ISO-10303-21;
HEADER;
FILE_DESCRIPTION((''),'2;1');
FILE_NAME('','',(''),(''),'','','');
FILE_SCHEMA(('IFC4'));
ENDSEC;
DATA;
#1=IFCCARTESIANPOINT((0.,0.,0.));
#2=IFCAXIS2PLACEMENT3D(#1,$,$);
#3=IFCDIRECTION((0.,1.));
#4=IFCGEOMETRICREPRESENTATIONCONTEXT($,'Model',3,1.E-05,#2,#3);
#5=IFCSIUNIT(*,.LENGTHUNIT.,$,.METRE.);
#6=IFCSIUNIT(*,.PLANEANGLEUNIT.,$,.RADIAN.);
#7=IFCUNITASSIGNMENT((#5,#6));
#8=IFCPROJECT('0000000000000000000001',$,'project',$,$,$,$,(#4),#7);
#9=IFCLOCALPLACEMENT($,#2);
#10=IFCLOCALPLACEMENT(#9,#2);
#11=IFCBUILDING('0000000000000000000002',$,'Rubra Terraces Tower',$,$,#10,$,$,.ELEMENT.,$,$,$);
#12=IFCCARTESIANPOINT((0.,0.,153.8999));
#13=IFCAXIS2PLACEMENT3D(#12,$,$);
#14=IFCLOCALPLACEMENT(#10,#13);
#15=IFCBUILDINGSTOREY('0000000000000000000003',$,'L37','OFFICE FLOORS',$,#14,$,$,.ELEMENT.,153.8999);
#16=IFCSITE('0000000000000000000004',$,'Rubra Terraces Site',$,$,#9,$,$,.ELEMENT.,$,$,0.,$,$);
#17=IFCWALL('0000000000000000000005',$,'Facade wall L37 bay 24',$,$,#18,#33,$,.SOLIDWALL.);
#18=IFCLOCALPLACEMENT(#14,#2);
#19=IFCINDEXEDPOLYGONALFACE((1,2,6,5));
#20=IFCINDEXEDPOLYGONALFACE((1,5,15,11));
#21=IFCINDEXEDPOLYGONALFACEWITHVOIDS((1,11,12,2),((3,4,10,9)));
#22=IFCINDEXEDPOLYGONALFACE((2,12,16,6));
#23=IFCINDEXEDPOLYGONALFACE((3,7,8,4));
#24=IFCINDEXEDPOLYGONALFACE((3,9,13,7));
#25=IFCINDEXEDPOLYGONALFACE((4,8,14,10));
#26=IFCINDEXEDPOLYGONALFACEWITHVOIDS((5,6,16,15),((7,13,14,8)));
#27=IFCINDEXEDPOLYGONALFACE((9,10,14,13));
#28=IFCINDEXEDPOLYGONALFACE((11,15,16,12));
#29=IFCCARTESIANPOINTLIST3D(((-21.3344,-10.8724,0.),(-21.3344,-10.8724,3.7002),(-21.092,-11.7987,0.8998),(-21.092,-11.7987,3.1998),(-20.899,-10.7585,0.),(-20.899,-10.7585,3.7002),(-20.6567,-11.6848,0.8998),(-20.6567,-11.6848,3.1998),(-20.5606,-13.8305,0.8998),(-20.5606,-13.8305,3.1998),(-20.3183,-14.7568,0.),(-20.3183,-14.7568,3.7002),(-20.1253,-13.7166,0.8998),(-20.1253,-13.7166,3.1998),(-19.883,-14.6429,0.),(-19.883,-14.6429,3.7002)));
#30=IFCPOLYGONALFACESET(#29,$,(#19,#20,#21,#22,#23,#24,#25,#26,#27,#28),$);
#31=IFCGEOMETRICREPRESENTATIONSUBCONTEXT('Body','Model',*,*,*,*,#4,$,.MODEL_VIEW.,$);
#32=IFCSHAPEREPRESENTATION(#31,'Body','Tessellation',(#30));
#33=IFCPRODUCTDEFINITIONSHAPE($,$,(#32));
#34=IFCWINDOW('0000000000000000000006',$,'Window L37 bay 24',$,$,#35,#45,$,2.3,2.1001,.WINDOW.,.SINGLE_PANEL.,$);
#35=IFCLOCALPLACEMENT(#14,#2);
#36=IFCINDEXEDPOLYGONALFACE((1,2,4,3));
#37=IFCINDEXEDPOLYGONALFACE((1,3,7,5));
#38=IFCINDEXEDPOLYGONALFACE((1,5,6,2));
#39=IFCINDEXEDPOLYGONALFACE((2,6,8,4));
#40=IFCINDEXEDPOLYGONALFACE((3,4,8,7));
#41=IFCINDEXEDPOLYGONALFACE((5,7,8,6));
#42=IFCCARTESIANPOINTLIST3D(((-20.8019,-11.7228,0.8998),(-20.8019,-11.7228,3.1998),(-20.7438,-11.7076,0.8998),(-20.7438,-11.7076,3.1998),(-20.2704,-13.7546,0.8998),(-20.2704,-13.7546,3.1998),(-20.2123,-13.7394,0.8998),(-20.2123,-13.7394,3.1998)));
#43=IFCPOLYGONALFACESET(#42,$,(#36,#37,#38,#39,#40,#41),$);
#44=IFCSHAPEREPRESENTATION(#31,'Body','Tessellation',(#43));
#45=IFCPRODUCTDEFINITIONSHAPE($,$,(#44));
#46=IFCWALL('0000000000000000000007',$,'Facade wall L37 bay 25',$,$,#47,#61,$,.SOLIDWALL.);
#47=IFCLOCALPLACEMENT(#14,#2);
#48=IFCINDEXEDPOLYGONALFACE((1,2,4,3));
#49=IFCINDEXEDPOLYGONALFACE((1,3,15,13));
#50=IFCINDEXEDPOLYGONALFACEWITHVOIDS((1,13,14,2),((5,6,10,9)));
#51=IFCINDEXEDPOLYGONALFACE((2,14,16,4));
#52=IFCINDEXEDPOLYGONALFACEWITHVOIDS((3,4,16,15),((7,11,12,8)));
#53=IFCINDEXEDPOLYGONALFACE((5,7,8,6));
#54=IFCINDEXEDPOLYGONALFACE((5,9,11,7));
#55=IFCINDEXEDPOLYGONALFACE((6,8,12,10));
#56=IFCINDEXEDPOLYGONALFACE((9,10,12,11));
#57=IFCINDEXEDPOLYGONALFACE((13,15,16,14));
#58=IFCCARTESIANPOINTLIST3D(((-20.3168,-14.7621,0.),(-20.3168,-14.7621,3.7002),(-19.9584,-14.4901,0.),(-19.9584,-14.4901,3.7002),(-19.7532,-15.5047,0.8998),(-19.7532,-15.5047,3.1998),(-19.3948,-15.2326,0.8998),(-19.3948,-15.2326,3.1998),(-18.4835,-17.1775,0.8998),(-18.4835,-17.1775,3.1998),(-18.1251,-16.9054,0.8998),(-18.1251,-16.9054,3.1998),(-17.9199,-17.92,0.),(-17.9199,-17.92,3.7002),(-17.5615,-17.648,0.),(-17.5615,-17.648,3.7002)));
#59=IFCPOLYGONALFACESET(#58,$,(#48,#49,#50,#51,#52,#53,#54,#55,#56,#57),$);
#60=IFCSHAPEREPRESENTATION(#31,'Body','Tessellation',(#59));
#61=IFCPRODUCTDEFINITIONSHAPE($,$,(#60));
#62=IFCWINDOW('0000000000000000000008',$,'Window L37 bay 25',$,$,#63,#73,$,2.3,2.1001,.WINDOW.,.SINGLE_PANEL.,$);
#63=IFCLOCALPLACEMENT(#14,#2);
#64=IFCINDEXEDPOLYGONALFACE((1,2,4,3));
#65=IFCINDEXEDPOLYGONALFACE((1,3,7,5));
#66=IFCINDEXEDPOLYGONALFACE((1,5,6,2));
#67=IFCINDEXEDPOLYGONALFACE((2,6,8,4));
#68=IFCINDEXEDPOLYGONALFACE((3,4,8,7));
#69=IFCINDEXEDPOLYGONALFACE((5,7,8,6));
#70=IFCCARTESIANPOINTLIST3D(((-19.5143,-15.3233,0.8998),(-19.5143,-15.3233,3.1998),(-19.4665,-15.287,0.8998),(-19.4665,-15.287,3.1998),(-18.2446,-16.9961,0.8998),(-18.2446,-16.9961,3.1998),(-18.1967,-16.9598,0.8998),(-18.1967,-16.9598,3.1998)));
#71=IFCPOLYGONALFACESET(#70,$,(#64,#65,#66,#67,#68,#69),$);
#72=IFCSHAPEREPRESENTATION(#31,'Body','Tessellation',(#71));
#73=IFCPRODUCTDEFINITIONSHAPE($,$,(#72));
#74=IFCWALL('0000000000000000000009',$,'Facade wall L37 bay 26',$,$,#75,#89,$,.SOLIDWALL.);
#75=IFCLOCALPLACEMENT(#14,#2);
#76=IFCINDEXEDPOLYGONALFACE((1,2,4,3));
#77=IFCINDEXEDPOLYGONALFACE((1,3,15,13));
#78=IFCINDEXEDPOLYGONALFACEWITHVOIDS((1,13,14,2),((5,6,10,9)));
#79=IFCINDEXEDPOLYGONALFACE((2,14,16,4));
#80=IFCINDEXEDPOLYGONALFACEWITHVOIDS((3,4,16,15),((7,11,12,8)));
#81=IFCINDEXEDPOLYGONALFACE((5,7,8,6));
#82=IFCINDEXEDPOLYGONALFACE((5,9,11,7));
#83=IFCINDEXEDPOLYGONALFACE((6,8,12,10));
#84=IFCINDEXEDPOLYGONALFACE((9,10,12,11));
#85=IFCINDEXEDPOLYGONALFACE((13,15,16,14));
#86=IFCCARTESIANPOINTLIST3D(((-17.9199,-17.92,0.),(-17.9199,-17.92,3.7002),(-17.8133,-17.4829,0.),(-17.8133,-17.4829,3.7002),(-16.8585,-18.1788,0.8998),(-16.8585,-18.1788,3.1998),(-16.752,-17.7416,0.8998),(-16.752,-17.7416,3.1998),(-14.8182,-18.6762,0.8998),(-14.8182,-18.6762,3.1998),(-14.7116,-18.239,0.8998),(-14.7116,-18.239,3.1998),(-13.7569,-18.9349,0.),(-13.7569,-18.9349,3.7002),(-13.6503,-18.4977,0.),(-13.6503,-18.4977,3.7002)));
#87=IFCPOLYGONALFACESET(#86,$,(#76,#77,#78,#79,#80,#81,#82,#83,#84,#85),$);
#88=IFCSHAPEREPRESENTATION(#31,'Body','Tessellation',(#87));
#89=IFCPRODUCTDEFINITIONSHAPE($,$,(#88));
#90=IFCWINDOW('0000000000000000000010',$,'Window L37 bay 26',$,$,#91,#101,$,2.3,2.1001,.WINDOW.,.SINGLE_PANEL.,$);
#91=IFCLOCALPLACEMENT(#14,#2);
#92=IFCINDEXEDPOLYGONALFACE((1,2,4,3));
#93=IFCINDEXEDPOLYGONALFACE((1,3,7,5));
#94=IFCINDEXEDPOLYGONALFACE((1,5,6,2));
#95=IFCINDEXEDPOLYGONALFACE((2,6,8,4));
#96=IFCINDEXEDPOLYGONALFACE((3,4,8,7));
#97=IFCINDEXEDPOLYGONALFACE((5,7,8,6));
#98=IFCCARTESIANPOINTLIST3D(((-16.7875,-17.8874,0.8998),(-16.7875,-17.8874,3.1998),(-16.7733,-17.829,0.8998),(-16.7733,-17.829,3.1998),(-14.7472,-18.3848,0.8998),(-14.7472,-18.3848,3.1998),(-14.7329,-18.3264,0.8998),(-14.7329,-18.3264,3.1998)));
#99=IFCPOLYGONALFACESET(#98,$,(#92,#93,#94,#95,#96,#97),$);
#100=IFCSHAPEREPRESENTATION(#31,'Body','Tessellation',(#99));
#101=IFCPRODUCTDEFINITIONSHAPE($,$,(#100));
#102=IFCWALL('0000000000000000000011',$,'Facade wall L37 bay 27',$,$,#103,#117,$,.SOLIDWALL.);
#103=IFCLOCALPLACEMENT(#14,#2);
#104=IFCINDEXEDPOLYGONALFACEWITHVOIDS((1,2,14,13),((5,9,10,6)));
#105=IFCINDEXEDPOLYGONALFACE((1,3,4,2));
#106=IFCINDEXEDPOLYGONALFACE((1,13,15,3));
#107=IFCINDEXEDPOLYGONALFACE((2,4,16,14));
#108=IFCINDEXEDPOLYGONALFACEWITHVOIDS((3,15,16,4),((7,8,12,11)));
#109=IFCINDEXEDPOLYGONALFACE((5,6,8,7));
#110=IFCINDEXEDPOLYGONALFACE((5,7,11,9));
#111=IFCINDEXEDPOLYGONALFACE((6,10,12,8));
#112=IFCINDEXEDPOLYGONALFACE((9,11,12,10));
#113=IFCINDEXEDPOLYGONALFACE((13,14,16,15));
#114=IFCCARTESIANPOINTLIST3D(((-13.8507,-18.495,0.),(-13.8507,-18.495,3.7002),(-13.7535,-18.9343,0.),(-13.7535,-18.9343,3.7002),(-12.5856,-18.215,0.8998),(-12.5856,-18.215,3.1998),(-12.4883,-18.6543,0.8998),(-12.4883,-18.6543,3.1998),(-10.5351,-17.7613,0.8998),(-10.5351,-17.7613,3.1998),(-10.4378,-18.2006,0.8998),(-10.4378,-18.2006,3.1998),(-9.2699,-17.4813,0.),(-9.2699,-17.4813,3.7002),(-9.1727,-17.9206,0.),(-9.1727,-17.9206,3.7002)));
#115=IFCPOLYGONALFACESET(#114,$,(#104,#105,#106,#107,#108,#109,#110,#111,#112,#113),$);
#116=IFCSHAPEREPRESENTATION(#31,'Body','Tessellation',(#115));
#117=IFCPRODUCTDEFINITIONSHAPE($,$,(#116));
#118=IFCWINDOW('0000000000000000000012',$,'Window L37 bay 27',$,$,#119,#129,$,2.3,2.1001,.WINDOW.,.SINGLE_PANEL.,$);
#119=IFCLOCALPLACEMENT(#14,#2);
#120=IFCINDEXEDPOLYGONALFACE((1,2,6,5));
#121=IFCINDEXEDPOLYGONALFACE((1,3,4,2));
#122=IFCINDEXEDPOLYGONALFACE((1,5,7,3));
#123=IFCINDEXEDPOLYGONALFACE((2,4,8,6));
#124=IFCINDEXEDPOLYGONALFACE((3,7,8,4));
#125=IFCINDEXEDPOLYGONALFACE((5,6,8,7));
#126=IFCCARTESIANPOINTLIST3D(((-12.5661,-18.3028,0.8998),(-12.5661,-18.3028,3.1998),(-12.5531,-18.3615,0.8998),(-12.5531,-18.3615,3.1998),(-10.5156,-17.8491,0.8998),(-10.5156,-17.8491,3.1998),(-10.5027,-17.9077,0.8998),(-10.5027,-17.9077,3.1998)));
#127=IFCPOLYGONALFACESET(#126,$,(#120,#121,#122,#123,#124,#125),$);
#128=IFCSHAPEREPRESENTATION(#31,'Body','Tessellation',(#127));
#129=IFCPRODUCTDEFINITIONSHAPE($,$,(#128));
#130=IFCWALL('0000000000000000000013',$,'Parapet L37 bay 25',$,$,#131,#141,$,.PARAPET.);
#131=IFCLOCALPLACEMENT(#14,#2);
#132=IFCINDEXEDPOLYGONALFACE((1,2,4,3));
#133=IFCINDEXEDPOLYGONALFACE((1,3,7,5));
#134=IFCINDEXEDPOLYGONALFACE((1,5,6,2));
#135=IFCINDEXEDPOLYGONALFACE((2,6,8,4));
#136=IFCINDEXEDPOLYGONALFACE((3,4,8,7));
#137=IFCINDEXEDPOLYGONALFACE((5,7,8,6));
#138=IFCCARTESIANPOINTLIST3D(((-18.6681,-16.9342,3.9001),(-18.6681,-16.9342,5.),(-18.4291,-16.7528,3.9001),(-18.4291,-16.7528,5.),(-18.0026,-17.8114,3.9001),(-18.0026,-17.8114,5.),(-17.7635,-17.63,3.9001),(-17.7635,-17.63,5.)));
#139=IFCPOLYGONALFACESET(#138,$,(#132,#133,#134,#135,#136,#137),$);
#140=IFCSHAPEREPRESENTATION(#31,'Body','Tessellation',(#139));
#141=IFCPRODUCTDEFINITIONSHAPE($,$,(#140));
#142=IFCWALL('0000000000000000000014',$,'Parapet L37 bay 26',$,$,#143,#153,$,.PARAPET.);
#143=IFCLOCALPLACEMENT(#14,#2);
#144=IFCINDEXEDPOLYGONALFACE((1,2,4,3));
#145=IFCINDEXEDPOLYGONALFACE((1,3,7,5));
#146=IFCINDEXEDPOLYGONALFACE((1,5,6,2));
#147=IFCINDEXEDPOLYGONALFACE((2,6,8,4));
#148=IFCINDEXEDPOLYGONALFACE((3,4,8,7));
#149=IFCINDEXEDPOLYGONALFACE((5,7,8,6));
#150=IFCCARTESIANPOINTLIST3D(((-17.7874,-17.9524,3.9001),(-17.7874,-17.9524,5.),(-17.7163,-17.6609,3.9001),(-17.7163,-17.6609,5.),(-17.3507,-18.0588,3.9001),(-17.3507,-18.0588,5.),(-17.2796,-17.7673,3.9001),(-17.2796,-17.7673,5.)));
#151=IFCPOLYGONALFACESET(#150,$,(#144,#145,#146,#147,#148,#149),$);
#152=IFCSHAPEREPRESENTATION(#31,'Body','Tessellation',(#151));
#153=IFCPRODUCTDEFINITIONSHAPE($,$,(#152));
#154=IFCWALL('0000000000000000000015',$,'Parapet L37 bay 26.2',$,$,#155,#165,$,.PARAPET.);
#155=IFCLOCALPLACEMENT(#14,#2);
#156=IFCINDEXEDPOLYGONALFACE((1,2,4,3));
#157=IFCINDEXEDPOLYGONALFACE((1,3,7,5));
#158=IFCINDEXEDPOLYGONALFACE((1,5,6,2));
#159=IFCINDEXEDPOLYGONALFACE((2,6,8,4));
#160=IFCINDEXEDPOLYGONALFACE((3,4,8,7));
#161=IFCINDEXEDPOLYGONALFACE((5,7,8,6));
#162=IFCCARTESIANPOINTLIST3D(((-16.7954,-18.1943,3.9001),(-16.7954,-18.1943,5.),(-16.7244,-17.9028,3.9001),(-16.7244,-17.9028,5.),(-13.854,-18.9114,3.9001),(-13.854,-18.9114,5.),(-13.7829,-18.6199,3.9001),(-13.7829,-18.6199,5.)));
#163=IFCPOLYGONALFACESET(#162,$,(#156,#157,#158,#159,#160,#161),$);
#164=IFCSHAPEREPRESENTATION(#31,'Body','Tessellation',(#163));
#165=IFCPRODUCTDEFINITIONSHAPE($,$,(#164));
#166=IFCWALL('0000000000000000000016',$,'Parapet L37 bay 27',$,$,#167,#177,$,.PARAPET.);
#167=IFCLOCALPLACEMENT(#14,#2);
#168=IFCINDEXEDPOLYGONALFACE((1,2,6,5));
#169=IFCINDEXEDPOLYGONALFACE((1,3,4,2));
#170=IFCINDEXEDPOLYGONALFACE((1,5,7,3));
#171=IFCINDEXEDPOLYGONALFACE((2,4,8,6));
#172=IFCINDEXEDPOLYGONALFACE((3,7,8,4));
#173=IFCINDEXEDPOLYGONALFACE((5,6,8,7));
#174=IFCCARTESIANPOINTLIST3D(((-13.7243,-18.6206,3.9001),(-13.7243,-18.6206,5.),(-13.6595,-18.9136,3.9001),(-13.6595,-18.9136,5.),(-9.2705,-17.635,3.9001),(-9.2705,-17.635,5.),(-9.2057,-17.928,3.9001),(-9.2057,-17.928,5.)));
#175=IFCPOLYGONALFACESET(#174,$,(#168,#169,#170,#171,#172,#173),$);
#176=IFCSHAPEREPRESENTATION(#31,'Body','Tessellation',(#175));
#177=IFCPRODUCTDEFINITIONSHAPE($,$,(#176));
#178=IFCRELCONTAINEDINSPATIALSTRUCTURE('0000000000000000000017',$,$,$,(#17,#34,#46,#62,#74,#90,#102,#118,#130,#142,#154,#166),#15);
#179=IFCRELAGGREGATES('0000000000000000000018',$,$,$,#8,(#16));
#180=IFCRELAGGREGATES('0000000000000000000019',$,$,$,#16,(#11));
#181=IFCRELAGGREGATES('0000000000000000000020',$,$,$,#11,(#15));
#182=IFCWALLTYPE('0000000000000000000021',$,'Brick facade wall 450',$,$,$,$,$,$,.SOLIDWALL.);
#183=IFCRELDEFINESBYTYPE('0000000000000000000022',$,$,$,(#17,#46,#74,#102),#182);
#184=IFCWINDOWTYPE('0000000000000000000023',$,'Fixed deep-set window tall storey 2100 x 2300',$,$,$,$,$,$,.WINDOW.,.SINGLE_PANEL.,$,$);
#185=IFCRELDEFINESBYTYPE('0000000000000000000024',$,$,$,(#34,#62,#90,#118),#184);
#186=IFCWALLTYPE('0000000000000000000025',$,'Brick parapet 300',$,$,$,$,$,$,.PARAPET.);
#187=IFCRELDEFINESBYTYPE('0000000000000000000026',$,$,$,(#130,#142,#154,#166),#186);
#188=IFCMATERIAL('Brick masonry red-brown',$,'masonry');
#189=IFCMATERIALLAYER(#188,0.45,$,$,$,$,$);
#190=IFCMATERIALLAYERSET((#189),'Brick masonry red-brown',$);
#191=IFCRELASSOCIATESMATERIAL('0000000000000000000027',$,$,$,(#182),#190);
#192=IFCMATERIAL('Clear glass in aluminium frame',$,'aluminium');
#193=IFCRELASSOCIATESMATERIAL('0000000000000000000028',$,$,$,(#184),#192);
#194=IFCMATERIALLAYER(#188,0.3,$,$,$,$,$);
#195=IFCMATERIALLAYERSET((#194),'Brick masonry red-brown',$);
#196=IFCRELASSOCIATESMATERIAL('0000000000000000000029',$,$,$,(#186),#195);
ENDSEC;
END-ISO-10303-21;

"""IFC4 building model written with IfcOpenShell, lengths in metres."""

from ifc_helpers import new_model, si_unit, direction, frame, frame_2d, origin, place, context, subcontext, project, spatial, rectangle, extrude, material, layer, layer_set, type_object, element, fill, save


model = new_model("IFC4")

# Units and contexts
model_context = context("Model", 3, precision=1e-05, world=origin(), true_north=direction((0.0, 1.0)))
body_context = subcontext(model_context, "Body", "Model", "MODEL_VIEW")
ifc_project = project(units=[si_unit("LENGTHUNIT", "METRE"), si_unit("PLANEANGLEUNIT", "RADIAN")], contexts=[model_context])

# Site, building, storey
site_placement = place(None, origin())
site = spatial("IfcSite", under=ifc_project, at=site_placement, Name="Rubra Terraces Site", CompositionType="ELEMENT", RefElevation=0.0)
building_placement = place(site_placement, origin())
building = spatial("IfcBuilding", under=site, at=building_placement, Name="Rubra Terraces Tower", CompositionType="ELEMENT")
storey_placement = place(building_placement, frame((0.0, 0.0, 153.8999)))
storey = spatial("IfcBuildingStorey", under=building, at=storey_placement, Name="L37", Description="OFFICE FLOORS", CompositionType="ELEMENT", Elevation=153.8999)

# Walls, openings, windows
ifc_material_1 = material(Name="Brick masonry red-brown", Category="masonry")
ifc_layer_1 = layer(ifc_material_1, 0.45)
ifc_layer_set_1 = layer_set([ifc_layer_1], Name="Brick masonry red-brown")
wall_type_1 = type_object("IfcWallType", Name="Brick facade wall 450", PredefinedType="SOLIDWALL", material=ifc_layer_set_1)
wall_1_placement = place(storey_placement, frame((-21.1167, -10.8154, 0.0), z_axis=(0.0, 0.0, 1.0), x_axis=(0.253065, -0.967449, 0.0)))
wall_1 = element("IfcWall", 1, at=wall_1_placement, inside=storey, type_object=wall_type_1, Name="Facade wall L37 bay 24", PredefinedType="SOLIDWALL", context=body_context, shape_type="SweptSolid", body=[
    extrude(rectangle(XDim=4.0151, YDim=0.45, at=frame_2d((2.0076, 0.0))), origin(), (0.0, 0.0, 1.0), 3.7002),
])
opening_1_placement = place(wall_1_placement, frame((0.9575, 0.0, 0.8999)))
opening_1 = element("IfcOpeningElement", 2, at=opening_1_placement, cuts=wall_1, PredefinedType="OPENING", context=body_context, shape_type="SweptSolid", body=[
    extrude(rectangle(XDim=2.1001, YDim=2.3, at=frame_2d((1.05, 1.1499))), frame((0.0, 0.2349, 0.0), z_axis=(0.0, -1.0, 0.0), x_axis=(1.0, 0.0, 0.0)), (0.0, 0.0, 1.0), 0.47),
])
ifc_material_2 = material(Name="Clear glass in aluminium frame", Category="aluminium")
window_type = type_object("IfcWindowType", Name="Fixed deep-set window tall storey 2100 x 2300", PartitioningType="SINGLE_PANEL", PredefinedType="WINDOW", material=ifc_material_2)
window_1_placement = place(opening_1_placement, origin())
window_1 = element("IfcWindow", 3, at=window_1_placement, inside=storey, type_object=window_type, Name="Window L37 bay 24", OverallHeight=2.3, OverallWidth=2.1001, PartitioningType="SINGLE_PANEL", PredefinedType="WINDOW", context=body_context, shape_type="SweptSolid", body=[
    extrude(rectangle(XDim=2.1001, YDim=2.3, at=frame_2d((1.05, 1.1499))), frame((0.0, 0.135, 0.0), z_axis=(0.0, -1.0, 0.0), x_axis=(1.0, 0.0, 0.0)), (0.0, 0.0, 1.0), 0.0601),
])
fill(opening_1, window_1)
wall_2_placement = place(storey_placement, frame((-20.1377, -14.626, 0.0), z_axis=(0.0, 0.0, 1.0), x_axis=(0.604591, -0.796536, 0.0)))
wall_2 = element("IfcWall", 4, at=wall_2_placement, inside=storey, type_object=wall_type_1, Name="Facade wall L37 bay 25", PredefinedType="SOLIDWALL", context=body_context, shape_type="SweptSolid", body=[
    extrude(rectangle(XDim=3.9646, YDim=0.45, at=frame_2d((1.9824, 0.0))), origin(), (0.0, 0.0, 1.0), 3.7002),
])
opening_2_placement = place(wall_2_placement, frame((0.9324, 0.0, 0.8999)))
opening_2 = element("IfcOpeningElement", 5, at=opening_2_placement, cuts=wall_2, PredefinedType="OPENING", context=body_context, shape_type="SweptSolid", body=[
    extrude(rectangle(XDim=2.1001, YDim=2.3, at=frame_2d((1.05, 1.1499))), frame((0.0, 0.2349, 0.0), z_axis=(0.0, -1.0, 0.0), x_axis=(1.0, 0.0, 0.0)), (0.0, 0.0, 1.0), 0.47),
])
window_2_placement = place(opening_2_placement, origin())
window_2 = element("IfcWindow", 6, at=window_2_placement, inside=storey, type_object=window_type, Name="Window L37 bay 25", OverallHeight=2.3, OverallWidth=2.1001, PartitioningType="SINGLE_PANEL", PredefinedType="WINDOW", context=body_context, shape_type="SweptSolid", body=[
    extrude(rectangle(XDim=2.1001, YDim=2.3, at=frame_2d((1.05, 1.1499))), frame((0.0, 0.135, 0.0), z_axis=(0.0, -1.0, 0.0), x_axis=(1.0, 0.0, 0.0)), (0.0, 0.0, 1.0), 0.0601),
])
fill(opening_2, window_2)
wall_3_placement = place(storey_placement, frame((-17.8667, -17.7014, 0.0), z_axis=(0.0, 0.0, 1.0), x_axis=(0.971547, -0.236847, 0.0)))
wall_3 = element("IfcWall", 7, at=wall_3_placement, inside=storey, type_object=wall_type_1, Name="Facade wall L37 bay 26", PredefinedType="SOLIDWALL", context=body_context, shape_type="SweptSolid", body=[
    extrude(rectangle(XDim=4.2849, YDim=0.45, at=frame_2d((2.1426, 0.0))), origin(), (0.0, 0.0, 1.0), 3.7002),
])
opening_3_placement = place(wall_3_placement, frame((1.0925, 0.0, 0.8999)))
opening_3 = element("IfcOpeningElement", 8, at=opening_3_placement, cuts=wall_3, PredefinedType="OPENING", context=body_context, shape_type="SweptSolid", body=[
    extrude(rectangle(XDim=2.1001, YDim=2.3, at=frame_2d((1.05, 1.1499))), frame((0.0, 0.2349, 0.0), z_axis=(0.0, -1.0, 0.0), x_axis=(1.0, 0.0, 0.0)), (0.0, 0.0, 1.0), 0.47),
])
window_3_placement = place(opening_3_placement, origin())
window_3 = element("IfcWindow", 9, at=window_3_placement, inside=storey, type_object=window_type, Name="Window L37 bay 26", OverallHeight=2.3, OverallWidth=2.1001, PartitioningType="SINGLE_PANEL", PredefinedType="WINDOW", context=body_context, shape_type="SweptSolid", body=[
    extrude(rectangle(XDim=2.1001, YDim=2.3, at=frame_2d((1.05, 1.1499))), frame((0.0, 0.135, 0.0), z_axis=(0.0, -1.0, 0.0), x_axis=(1.0, 0.0, 0.0)), (0.0, 0.0, 1.0), 0.0601),
])
fill(opening_3, window_3)
wall_4_placement = place(storey_placement, frame((-13.802, -18.7146, 0.0), z_axis=(0.0, 0.0, 1.0), x_axis=(0.97638, 0.21606, 0.0)))
wall_4 = element("IfcWall", 10, at=wall_4_placement, inside=storey, type_object=wall_type_1, Name="Facade wall L37 bay 27", PredefinedType="SOLIDWALL", context=body_context, shape_type="SweptSolid", body=[
    extrude(rectangle(XDim=4.6917, YDim=0.45, at=frame_2d((2.3457, 0.0))), origin(), (0.0, 0.0, 1.0), 3.7002),
])
opening_4_placement = place(wall_4_placement, frame((1.2957, 0.0, 0.8999)))
opening_4 = element("IfcOpeningElement", 11, at=opening_4_placement, cuts=wall_4, PredefinedType="OPENING", context=body_context, shape_type="SweptSolid", body=[
    extrude(rectangle(XDim=2.1001, YDim=2.3, at=frame_2d((1.05, 1.1499))), frame((0.0, 0.2349, 0.0), z_axis=(0.0, -1.0, 0.0), x_axis=(1.0, 0.0, 0.0)), (0.0, 0.0, 1.0), 0.47),
])
window_4_placement = place(opening_4_placement, origin())
window_4 = element("IfcWindow", 12, at=window_4_placement, inside=storey, type_object=window_type, Name="Window L37 bay 27", OverallHeight=2.3, OverallWidth=2.1001, PartitioningType="SINGLE_PANEL", PredefinedType="WINDOW", context=body_context, shape_type="SweptSolid", body=[
    extrude(rectangle(XDim=2.1001, YDim=2.3, at=frame_2d((1.05, 1.1499))), frame((0.0, 0.135, 0.0), z_axis=(0.0, -1.0, 0.0), x_axis=(1.0, 0.0, 0.0)), (0.0, 0.0, 1.0), 0.0601),
])
fill(opening_4, window_4)

# Walls
ifc_layer_2 = layer(ifc_material_1, 0.3)
ifc_layer_set_2 = layer_set([ifc_layer_2], Name="Brick masonry red-brown")
wall_type_2 = type_object("IfcWallType", Name="Brick parapet 300", PredefinedType="PARAPET", material=ifc_layer_set_2)
wall_5_placement = place(storey_placement, frame((-18.5486, -16.8435, 3.9001), z_axis=(0.0, 0.0, 1.0), x_axis=(0.604425, -0.796662, 0.0)))
element("IfcWall", 13, at=wall_5_placement, inside=storey, type_object=wall_type_2, Name="Parapet L37 bay 25", PredefinedType="PARAPET", context=body_context, shape_type="SweptSolid", body=[
    extrude(rectangle(XDim=1.1011, YDim=0.3, at=frame_2d((0.5505, 0.0))), origin(), (0.0, 0.0, 1.0), 1.0999),
])
wall_6_placement = place(storey_placement, frame((-17.7517, -17.8066, 3.9001), z_axis=(0.0, 0.0, 1.0), x_axis=(0.971563, -0.236781, 0.0)))
element("IfcWall", 14, at=wall_6_placement, inside=storey, type_object=wall_type_2, Name="Parapet L37 bay 26", PredefinedType="PARAPET", context=body_context, shape_type="SweptSolid", body=[
    extrude(rectangle(XDim=0.4495, YDim=0.3, at=frame_2d((0.2246, 0.0))), origin(), (0.0, 0.0, 1.0), 1.0999),
])
wall_7_placement = place(storey_placement, frame((-16.7598, -18.0486, 3.9001), z_axis=(0.0, 0.0, 1.0), x_axis=(0.971549, -0.236839, 0.0)))
element("IfcWall", 15, at=wall_7_placement, inside=storey, type_object=wall_type_2, Name="Parapet L37 bay 26.2", PredefinedType="PARAPET", context=body_context, shape_type="SweptSolid", body=[
    extrude(rectangle(XDim=3.0276, YDim=0.3, at=frame_2d((1.5137, 0.0))), origin(), (0.0, 0.0, 1.0), 1.0999),
])
wall_8_placement = place(storey_placement, frame((-13.6919, -18.7671, 3.9001), z_axis=(0.0, 0.0, 1.0), x_axis=(0.976379, 0.216063, 0.0)))
element("IfcWall", 16, at=wall_8_placement, inside=storey, type_object=wall_type_2, Name="Parapet L37 bay 27", PredefinedType="PARAPET", context=body_context, shape_type="SweptSolid", body=[
    extrude(rectangle(XDim=4.5615, YDim=0.3, at=frame_2d((2.2808, 0.0))), origin(), (0.0, 0.0, 1.0), 1.0999),
])

save(model, "model.ifc")
